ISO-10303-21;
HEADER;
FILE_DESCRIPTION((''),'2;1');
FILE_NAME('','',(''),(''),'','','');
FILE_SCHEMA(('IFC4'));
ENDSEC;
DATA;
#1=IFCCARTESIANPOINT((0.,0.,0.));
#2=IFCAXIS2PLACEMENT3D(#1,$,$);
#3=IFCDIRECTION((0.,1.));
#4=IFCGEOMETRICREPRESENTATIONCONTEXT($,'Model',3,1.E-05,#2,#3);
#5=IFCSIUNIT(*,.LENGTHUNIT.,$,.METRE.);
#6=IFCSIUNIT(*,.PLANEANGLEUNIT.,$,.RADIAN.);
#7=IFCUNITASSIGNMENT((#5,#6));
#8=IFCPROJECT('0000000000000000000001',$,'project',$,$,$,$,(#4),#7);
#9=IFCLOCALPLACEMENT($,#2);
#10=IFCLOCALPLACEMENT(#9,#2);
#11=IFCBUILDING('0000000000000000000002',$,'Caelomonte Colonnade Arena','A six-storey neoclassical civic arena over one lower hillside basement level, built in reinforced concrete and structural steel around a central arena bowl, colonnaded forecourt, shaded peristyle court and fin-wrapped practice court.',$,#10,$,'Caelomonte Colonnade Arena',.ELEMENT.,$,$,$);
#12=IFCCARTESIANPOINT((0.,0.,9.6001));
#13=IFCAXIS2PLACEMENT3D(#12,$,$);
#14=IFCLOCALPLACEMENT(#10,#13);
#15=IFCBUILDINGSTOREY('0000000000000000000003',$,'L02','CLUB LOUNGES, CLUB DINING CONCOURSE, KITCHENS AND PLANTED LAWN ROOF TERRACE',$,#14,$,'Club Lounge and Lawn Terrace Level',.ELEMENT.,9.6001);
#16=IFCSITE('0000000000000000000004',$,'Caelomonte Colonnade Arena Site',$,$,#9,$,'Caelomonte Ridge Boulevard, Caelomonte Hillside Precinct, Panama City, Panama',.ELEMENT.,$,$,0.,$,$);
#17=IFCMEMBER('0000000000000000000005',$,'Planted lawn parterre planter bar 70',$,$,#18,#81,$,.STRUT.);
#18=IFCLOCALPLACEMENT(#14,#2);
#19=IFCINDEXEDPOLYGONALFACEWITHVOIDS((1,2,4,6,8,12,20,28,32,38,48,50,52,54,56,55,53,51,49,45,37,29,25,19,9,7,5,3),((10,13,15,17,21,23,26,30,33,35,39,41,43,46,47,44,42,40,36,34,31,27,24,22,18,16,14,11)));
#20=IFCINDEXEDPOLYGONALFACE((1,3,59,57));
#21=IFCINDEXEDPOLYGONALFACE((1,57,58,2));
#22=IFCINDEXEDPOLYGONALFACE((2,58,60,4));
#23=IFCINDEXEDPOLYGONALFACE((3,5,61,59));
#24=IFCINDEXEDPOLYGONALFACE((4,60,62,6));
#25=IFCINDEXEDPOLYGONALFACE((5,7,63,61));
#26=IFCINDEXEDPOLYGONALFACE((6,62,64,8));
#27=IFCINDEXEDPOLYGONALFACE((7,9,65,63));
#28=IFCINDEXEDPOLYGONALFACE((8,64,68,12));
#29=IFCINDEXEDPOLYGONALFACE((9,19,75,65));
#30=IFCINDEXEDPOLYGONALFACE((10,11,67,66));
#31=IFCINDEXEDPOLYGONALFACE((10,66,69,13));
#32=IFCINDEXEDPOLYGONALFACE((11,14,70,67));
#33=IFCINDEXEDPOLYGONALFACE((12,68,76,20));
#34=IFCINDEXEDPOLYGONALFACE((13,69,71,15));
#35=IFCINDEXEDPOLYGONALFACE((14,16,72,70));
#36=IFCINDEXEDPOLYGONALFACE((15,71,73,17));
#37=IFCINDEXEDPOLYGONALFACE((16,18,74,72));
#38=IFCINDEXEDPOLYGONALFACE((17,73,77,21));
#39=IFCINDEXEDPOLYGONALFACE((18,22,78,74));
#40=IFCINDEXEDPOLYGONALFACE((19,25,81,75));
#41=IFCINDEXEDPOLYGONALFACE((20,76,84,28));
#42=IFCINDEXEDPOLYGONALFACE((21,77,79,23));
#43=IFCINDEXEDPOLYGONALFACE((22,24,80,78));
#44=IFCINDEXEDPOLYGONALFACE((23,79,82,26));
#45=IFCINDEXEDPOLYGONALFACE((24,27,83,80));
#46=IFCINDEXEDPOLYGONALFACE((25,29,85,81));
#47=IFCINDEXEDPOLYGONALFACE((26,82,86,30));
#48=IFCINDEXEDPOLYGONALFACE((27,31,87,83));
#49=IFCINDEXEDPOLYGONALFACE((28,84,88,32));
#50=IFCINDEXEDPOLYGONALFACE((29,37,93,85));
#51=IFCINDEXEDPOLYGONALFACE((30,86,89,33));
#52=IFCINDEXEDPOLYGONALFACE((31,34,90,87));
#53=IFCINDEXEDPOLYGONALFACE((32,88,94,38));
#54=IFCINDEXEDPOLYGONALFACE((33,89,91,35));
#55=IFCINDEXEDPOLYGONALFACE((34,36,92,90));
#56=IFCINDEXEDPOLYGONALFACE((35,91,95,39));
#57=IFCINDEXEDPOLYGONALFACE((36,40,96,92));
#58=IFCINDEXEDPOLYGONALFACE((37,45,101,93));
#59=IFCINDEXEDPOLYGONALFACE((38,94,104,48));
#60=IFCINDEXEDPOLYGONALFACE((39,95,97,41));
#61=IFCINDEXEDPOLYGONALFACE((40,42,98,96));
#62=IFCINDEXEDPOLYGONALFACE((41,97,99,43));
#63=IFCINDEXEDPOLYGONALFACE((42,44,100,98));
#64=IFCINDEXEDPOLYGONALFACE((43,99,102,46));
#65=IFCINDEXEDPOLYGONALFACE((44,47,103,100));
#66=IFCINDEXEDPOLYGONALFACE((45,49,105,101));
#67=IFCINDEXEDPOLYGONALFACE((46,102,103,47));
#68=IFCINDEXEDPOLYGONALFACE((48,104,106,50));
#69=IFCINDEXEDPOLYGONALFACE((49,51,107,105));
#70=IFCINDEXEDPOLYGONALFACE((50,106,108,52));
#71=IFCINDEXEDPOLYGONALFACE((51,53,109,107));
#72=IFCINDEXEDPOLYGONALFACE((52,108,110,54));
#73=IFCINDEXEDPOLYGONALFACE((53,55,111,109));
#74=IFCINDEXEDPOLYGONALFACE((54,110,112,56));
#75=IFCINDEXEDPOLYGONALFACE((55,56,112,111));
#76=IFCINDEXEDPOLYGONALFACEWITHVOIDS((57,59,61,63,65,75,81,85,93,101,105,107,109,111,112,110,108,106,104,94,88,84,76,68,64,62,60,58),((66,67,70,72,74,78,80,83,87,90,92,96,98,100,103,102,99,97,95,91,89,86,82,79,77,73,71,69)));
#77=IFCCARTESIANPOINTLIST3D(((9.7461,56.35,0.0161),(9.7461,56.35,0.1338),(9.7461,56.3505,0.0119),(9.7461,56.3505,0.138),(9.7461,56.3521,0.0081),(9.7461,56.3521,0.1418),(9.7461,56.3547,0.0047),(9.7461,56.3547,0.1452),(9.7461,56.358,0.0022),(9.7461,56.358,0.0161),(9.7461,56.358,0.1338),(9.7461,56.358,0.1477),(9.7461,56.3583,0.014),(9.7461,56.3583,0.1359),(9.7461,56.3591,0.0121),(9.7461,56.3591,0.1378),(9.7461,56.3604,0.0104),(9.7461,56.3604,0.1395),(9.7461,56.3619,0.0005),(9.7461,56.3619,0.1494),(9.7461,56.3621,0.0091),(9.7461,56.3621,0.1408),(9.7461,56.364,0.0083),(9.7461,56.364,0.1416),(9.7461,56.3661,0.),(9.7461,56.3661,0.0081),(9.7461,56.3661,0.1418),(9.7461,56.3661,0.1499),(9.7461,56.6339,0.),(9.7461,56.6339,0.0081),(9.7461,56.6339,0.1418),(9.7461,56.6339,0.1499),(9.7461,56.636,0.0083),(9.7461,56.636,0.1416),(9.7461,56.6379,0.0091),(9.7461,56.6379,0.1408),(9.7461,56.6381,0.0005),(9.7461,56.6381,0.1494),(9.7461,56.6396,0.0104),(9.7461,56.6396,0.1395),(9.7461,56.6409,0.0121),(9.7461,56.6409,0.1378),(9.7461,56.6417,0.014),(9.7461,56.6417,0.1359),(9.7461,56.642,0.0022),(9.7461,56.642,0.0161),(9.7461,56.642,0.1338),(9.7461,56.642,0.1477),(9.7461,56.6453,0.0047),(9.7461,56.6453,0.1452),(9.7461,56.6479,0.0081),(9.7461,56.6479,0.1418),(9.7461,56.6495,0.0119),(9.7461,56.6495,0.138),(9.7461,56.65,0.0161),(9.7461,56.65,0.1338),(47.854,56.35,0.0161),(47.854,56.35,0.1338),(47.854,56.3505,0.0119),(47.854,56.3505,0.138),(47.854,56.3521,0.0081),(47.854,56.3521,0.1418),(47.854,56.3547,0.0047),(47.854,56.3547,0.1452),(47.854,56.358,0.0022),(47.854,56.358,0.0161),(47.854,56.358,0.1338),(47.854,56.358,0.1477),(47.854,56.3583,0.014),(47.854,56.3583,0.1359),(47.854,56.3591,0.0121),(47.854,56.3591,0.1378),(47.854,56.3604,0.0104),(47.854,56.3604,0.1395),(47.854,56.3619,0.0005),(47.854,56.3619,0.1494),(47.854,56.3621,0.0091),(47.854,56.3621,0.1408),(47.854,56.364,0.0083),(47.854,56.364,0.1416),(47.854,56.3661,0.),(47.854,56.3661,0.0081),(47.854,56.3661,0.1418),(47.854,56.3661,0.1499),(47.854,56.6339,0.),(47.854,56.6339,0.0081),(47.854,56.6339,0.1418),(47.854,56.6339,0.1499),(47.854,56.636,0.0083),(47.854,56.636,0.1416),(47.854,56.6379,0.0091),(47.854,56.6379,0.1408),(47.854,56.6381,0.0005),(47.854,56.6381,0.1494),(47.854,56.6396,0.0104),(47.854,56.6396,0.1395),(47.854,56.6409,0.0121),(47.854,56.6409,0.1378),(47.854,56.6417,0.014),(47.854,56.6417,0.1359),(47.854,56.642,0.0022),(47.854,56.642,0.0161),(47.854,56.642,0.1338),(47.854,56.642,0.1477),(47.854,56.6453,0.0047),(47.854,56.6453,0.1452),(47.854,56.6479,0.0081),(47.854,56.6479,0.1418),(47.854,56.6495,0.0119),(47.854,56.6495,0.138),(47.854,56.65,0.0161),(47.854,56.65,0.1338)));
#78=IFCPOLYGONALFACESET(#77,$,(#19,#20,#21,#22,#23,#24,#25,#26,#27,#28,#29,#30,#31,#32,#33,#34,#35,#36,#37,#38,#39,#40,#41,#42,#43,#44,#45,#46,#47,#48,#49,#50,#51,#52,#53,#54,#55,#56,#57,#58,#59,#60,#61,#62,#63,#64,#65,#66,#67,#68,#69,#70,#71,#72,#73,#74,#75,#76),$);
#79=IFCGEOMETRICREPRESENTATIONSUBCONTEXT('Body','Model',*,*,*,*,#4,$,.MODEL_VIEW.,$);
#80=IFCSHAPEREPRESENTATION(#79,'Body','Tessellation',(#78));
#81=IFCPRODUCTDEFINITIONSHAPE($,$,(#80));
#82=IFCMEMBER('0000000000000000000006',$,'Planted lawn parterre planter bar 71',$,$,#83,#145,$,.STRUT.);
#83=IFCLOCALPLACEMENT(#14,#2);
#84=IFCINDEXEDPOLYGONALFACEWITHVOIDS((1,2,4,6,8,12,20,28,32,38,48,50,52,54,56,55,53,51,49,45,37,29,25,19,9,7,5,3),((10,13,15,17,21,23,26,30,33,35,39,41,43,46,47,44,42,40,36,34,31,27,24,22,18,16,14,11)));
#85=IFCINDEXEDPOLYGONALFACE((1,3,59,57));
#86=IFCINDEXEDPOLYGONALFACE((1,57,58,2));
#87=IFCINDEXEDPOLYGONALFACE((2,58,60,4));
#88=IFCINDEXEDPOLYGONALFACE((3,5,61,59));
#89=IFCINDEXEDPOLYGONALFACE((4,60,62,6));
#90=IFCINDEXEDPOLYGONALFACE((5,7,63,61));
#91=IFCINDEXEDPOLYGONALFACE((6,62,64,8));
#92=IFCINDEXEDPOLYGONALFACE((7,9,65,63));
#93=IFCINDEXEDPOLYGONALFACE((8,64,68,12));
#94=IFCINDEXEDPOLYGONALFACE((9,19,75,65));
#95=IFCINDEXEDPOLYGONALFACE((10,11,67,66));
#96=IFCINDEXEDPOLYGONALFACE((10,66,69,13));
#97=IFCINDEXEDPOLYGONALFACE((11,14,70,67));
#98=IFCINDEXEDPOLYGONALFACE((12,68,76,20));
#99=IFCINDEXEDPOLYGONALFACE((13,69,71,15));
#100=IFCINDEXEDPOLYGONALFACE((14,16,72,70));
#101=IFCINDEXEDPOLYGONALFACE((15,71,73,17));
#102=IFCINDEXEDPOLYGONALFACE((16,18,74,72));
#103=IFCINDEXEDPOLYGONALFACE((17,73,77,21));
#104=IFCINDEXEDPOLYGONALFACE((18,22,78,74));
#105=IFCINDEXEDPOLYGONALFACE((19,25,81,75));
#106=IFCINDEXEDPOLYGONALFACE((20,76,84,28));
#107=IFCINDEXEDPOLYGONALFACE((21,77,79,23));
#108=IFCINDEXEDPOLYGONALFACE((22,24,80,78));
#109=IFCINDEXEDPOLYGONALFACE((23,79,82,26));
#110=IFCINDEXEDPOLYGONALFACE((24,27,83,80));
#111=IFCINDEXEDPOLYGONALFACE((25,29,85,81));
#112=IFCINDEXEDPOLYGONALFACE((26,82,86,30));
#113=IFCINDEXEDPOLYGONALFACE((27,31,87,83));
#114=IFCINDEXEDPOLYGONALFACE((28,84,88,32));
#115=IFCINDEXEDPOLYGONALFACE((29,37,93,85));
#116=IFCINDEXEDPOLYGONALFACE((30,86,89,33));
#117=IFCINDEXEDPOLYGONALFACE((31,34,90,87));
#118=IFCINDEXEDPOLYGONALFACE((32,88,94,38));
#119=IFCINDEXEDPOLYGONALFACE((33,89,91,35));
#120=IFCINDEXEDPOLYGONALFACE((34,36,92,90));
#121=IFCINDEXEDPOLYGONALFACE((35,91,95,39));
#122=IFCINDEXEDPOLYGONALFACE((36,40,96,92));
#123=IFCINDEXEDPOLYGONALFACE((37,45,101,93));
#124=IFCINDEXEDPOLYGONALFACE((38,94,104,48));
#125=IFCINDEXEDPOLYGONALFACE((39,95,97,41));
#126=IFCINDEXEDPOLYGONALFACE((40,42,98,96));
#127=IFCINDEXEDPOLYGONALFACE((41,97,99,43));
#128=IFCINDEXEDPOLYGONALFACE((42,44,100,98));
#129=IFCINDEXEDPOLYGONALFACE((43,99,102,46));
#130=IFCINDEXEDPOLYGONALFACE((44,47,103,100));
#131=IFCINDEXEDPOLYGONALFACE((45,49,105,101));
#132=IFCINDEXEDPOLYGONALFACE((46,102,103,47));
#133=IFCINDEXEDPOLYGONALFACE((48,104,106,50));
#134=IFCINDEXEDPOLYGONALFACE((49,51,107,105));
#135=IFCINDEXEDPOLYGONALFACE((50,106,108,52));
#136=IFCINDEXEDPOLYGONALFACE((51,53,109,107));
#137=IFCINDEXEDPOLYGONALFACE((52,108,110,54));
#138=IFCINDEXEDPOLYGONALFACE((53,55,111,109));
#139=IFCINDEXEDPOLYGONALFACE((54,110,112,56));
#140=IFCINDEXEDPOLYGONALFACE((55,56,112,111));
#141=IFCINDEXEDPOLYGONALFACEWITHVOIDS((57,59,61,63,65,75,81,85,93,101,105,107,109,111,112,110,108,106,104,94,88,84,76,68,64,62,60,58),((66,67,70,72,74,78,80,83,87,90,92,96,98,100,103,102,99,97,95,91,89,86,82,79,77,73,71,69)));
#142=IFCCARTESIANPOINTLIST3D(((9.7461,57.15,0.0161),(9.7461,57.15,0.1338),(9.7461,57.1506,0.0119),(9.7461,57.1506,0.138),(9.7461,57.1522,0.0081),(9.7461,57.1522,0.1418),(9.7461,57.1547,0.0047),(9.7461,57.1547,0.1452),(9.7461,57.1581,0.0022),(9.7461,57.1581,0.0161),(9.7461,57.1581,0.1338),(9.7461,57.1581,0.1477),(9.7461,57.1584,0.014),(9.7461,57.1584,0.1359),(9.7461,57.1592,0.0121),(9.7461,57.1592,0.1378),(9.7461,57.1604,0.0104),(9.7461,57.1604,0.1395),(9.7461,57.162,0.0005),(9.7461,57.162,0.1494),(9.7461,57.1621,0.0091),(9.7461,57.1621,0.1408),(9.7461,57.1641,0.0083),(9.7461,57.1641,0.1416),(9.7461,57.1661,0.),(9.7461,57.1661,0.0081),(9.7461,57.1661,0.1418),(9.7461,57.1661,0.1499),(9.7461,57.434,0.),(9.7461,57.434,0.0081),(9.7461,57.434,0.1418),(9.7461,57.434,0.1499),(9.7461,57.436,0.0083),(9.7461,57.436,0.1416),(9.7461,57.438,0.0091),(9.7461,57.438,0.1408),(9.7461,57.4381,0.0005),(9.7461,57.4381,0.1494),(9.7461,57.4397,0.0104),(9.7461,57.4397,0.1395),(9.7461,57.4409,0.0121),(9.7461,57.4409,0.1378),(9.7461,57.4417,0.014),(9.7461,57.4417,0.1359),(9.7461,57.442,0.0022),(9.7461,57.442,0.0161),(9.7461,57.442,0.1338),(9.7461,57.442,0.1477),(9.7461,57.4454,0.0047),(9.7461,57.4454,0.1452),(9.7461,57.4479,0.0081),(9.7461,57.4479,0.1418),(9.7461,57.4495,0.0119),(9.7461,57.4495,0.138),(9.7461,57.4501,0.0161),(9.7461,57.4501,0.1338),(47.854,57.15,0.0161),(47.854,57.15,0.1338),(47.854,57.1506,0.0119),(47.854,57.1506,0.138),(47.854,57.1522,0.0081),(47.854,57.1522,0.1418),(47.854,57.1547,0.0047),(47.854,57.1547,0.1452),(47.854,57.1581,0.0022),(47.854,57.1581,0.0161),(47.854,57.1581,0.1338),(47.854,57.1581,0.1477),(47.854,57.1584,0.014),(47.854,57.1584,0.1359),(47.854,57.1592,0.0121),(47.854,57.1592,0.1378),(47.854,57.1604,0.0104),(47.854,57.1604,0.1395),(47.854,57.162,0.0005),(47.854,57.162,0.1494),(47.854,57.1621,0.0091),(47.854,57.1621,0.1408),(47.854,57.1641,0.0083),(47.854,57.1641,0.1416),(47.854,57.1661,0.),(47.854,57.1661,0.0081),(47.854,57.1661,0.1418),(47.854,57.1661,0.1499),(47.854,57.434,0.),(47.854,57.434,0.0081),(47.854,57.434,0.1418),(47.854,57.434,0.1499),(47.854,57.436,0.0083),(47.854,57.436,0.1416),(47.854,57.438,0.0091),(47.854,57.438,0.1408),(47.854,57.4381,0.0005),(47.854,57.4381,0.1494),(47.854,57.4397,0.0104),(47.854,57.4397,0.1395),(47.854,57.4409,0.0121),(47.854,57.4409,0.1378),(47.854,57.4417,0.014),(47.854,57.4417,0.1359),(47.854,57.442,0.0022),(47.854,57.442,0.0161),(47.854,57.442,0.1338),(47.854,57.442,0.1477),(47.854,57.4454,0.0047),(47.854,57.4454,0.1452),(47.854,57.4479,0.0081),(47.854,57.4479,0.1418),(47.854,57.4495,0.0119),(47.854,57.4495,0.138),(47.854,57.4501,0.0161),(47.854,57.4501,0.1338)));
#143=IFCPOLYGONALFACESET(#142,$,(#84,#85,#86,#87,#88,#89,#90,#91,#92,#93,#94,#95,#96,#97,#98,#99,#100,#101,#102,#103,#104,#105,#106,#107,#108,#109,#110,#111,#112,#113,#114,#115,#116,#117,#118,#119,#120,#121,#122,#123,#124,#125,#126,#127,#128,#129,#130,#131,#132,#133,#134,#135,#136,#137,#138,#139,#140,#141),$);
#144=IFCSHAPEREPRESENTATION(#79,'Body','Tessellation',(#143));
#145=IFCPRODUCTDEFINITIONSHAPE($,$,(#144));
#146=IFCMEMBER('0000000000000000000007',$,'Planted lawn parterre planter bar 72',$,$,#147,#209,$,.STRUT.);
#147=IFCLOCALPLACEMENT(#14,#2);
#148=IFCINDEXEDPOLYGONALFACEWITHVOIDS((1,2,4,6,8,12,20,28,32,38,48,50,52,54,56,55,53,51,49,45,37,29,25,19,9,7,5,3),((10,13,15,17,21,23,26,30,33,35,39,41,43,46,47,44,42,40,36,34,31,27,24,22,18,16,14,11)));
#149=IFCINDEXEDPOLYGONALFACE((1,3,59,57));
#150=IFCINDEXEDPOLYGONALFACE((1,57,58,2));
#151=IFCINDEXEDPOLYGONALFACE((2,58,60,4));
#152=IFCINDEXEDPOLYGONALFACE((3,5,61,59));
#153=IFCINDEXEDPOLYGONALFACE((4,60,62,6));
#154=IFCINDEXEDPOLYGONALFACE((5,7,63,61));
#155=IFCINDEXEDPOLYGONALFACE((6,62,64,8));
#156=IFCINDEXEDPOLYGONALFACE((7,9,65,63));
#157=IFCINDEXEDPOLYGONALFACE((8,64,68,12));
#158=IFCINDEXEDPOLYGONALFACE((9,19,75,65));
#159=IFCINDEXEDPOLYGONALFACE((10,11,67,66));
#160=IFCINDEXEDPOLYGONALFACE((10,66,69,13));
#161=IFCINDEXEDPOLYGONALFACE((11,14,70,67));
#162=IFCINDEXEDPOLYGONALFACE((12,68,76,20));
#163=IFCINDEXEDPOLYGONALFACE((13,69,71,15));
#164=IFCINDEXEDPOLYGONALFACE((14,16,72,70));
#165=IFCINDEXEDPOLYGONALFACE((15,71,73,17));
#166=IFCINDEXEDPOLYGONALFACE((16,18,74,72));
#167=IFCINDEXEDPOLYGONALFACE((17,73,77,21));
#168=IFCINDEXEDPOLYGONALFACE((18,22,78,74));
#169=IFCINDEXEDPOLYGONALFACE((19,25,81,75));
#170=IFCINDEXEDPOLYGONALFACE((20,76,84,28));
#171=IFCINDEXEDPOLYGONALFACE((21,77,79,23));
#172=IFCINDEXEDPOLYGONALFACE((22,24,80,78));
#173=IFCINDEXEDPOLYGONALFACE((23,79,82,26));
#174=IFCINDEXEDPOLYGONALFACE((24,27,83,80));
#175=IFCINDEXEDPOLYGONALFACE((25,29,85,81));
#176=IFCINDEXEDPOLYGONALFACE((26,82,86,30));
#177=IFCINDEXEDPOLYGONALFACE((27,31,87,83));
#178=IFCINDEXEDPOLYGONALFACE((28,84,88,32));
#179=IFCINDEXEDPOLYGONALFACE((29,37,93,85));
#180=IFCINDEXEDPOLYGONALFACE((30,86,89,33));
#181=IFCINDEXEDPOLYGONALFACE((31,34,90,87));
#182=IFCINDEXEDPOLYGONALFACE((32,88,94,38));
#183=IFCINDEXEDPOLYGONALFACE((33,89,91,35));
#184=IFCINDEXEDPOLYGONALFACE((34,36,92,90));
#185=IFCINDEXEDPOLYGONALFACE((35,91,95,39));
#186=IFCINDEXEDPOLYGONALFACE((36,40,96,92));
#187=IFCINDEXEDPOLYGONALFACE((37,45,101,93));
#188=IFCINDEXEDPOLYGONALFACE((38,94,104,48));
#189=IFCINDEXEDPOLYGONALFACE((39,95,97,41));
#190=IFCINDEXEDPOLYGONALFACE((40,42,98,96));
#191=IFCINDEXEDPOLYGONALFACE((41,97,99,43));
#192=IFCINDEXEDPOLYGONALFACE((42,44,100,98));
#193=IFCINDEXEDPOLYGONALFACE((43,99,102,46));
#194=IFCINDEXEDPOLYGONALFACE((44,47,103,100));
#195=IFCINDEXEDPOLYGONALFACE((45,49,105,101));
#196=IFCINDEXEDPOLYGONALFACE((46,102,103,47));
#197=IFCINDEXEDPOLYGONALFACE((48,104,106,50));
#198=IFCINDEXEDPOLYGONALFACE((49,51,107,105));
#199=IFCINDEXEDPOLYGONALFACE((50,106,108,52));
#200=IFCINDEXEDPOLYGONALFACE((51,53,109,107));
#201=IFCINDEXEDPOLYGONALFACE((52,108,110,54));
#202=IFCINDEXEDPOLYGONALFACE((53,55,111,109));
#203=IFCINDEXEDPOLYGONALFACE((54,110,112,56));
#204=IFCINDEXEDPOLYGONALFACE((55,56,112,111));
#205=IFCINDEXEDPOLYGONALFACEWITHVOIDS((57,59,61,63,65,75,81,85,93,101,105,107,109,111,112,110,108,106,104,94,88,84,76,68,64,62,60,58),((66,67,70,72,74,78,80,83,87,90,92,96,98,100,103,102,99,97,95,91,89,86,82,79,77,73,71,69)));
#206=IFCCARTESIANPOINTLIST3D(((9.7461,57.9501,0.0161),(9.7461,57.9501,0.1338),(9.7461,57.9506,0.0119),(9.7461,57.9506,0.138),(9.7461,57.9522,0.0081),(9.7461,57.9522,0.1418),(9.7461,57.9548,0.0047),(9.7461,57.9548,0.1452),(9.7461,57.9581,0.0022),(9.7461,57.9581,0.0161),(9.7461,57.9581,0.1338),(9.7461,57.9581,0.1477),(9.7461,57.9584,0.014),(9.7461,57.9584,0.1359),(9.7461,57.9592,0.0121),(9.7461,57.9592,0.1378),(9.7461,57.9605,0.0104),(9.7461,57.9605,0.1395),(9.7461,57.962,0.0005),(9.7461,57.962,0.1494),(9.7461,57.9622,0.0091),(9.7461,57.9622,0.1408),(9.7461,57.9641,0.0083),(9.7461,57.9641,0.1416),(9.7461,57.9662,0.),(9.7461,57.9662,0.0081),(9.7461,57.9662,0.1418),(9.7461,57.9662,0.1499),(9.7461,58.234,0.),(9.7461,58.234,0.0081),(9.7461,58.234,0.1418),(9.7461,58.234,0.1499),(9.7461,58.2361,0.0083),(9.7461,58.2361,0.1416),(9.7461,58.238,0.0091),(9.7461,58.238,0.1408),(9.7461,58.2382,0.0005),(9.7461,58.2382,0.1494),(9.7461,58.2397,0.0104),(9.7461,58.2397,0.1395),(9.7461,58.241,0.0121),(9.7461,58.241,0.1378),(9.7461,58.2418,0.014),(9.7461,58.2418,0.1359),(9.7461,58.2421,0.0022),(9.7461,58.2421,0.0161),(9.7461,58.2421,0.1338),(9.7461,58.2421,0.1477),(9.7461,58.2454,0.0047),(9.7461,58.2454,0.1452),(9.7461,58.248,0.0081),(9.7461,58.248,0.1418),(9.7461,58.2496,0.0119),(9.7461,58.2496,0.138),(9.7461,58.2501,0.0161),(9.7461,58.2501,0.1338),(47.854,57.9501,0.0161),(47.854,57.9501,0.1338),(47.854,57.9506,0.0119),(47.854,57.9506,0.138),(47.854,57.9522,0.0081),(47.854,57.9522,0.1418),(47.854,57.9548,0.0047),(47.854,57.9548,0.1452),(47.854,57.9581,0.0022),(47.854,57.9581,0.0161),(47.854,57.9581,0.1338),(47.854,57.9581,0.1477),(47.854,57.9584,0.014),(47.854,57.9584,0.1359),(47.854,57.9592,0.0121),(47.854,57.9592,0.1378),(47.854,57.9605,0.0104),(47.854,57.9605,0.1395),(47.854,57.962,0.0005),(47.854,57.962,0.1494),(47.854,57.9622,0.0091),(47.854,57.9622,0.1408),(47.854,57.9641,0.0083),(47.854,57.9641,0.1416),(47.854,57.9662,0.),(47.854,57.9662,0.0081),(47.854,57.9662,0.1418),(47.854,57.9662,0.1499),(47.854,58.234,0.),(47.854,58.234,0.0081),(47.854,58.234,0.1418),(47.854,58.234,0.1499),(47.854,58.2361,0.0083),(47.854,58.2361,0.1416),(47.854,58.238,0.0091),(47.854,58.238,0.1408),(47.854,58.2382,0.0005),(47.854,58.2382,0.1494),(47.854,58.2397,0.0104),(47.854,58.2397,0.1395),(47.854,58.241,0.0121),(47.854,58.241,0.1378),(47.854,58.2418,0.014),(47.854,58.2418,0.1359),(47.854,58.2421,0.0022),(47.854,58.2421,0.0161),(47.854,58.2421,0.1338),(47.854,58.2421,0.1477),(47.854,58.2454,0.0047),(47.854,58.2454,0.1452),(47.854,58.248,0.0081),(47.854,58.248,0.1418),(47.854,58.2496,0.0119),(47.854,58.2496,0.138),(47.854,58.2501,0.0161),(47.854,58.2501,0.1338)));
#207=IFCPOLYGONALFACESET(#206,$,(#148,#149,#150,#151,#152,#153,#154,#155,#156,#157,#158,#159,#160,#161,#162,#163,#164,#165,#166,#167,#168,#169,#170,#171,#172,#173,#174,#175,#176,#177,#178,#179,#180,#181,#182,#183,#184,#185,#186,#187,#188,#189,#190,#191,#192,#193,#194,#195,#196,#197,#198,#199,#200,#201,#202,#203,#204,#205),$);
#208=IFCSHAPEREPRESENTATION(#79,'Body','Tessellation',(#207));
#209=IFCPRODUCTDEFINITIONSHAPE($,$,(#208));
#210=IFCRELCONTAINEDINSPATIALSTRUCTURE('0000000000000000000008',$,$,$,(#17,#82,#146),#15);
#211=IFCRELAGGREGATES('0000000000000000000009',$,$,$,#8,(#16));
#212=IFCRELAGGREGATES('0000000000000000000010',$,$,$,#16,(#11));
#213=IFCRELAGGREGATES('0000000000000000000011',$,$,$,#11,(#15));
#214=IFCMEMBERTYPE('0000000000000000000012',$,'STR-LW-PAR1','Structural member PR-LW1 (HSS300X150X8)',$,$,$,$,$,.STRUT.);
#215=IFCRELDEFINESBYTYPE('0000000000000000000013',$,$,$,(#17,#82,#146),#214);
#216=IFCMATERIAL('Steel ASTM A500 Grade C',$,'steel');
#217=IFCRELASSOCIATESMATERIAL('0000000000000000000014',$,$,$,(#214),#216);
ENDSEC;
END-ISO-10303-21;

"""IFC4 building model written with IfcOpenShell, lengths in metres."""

from ifc_helpers import new_model, si_unit, direction, frame, origin, origin_2d, place, context, subcontext, project, spatial, hollow_rectangle, extrude, material, material_profile, profile_set, type_object, element, save


model = new_model("IFC4")

# Units and contexts
model_context = context("Model", 3, precision=1e-05, world=origin(), true_north=direction((0.0, 1.0)))
body_context = subcontext(model_context, "Body", "Model", "MODEL_VIEW")
ifc_project = project(units=[si_unit("LENGTHUNIT", "METRE"), si_unit("PLANEANGLEUNIT", "RADIAN")], contexts=[model_context])

# Site, building, storey
site_placement = place(None, origin())
site = spatial("IfcSite", under=ifc_project, at=site_placement, Name="Caelomonte Colonnade Arena Site", LongName="Caelomonte Ridge Boulevard, Caelomonte Hillside Precinct, Panama City, Panama", CompositionType="ELEMENT", RefElevation=0.0)
building_placement = place(site_placement, origin())
building = spatial("IfcBuilding", under=site, at=building_placement, Name="Caelomonte Colonnade Arena", Description="A six-storey neoclassical civic arena over one lower hillside basement level, built in reinforced concrete and structural steel around a central arena bowl, colonnaded forecourt, shaded peristyle court and fin-wrapped practice court.", LongName="Caelomonte Colonnade Arena", CompositionType="ELEMENT")
storey_placement = place(building_placement, frame((0.0, 0.0, 9.6001)))
storey = spatial("IfcBuildingStorey", under=building, at=storey_placement, Name="L02", Description="CLUB LOUNGES, CLUB DINING CONCOURSE, KITCHENS AND PLANTED LAWN ROOF TERRACE", LongName="Club Lounge and Lawn Terrace Level", CompositionType="ELEMENT", Elevation=9.6001)

# Members
ifc_material_1 = material(Name="Steel ASTM A500 Grade C", Category="steel")
ifc_material_profile_1 = material_profile(ifc_material_1, hollow_rectangle(XDim=0.3, YDim=0.1499, WallThickness=0.0081, InnerFilletRadius=0.0081, OuterFilletRadius=0.0161, at=origin_2d()), Name="HSS300X150X8")
ifc_profile_set_1 = profile_set([ifc_material_profile_1], Name="Steel ASTM A500 Grade C")
member_type = type_object("IfcMemberType", Name="STR-LW-PAR1", Description="Structural member PR-LW1 (HSS300X150X8)", PredefinedType="STRUT", material=ifc_profile_set_1)
for number, where, z_axis, x_axis, name in (
    (1, (9.7461, 56.5, 0.075), (1.0, 0.0, 0.0), (0.0, 1.0, 0.0), "Planted lawn parterre planter bar 70"),
    (2, (9.7461, 57.3, 0.075), (1.0, 0.0, 0.0), (0.0, 1.0, 0.0), "Planted lawn parterre planter bar 71"),
    (3, (9.7461, 58.1001, 0.075), (1.0, 0.0, 0.0), (0.0, 1.0, 0.0), "Planted lawn parterre planter bar 72"),
):
    element("IfcMember", number, at=place(storey_placement, frame(where, z_axis=z_axis, x_axis=x_axis)), inside=storey, type_object=member_type, Name=name, PredefinedType="STRUT", context=body_context, shape_type="SweptSolid", body=[
        extrude(hollow_rectangle(XDim=0.3, YDim=0.1499, WallThickness=0.0081, InnerFilletRadius=0.0081, OuterFilletRadius=0.0161, at=origin_2d()), origin(), (0.0, 0.0, 1.0), 38.1079),
    ])

save(model, "model.ifc")
